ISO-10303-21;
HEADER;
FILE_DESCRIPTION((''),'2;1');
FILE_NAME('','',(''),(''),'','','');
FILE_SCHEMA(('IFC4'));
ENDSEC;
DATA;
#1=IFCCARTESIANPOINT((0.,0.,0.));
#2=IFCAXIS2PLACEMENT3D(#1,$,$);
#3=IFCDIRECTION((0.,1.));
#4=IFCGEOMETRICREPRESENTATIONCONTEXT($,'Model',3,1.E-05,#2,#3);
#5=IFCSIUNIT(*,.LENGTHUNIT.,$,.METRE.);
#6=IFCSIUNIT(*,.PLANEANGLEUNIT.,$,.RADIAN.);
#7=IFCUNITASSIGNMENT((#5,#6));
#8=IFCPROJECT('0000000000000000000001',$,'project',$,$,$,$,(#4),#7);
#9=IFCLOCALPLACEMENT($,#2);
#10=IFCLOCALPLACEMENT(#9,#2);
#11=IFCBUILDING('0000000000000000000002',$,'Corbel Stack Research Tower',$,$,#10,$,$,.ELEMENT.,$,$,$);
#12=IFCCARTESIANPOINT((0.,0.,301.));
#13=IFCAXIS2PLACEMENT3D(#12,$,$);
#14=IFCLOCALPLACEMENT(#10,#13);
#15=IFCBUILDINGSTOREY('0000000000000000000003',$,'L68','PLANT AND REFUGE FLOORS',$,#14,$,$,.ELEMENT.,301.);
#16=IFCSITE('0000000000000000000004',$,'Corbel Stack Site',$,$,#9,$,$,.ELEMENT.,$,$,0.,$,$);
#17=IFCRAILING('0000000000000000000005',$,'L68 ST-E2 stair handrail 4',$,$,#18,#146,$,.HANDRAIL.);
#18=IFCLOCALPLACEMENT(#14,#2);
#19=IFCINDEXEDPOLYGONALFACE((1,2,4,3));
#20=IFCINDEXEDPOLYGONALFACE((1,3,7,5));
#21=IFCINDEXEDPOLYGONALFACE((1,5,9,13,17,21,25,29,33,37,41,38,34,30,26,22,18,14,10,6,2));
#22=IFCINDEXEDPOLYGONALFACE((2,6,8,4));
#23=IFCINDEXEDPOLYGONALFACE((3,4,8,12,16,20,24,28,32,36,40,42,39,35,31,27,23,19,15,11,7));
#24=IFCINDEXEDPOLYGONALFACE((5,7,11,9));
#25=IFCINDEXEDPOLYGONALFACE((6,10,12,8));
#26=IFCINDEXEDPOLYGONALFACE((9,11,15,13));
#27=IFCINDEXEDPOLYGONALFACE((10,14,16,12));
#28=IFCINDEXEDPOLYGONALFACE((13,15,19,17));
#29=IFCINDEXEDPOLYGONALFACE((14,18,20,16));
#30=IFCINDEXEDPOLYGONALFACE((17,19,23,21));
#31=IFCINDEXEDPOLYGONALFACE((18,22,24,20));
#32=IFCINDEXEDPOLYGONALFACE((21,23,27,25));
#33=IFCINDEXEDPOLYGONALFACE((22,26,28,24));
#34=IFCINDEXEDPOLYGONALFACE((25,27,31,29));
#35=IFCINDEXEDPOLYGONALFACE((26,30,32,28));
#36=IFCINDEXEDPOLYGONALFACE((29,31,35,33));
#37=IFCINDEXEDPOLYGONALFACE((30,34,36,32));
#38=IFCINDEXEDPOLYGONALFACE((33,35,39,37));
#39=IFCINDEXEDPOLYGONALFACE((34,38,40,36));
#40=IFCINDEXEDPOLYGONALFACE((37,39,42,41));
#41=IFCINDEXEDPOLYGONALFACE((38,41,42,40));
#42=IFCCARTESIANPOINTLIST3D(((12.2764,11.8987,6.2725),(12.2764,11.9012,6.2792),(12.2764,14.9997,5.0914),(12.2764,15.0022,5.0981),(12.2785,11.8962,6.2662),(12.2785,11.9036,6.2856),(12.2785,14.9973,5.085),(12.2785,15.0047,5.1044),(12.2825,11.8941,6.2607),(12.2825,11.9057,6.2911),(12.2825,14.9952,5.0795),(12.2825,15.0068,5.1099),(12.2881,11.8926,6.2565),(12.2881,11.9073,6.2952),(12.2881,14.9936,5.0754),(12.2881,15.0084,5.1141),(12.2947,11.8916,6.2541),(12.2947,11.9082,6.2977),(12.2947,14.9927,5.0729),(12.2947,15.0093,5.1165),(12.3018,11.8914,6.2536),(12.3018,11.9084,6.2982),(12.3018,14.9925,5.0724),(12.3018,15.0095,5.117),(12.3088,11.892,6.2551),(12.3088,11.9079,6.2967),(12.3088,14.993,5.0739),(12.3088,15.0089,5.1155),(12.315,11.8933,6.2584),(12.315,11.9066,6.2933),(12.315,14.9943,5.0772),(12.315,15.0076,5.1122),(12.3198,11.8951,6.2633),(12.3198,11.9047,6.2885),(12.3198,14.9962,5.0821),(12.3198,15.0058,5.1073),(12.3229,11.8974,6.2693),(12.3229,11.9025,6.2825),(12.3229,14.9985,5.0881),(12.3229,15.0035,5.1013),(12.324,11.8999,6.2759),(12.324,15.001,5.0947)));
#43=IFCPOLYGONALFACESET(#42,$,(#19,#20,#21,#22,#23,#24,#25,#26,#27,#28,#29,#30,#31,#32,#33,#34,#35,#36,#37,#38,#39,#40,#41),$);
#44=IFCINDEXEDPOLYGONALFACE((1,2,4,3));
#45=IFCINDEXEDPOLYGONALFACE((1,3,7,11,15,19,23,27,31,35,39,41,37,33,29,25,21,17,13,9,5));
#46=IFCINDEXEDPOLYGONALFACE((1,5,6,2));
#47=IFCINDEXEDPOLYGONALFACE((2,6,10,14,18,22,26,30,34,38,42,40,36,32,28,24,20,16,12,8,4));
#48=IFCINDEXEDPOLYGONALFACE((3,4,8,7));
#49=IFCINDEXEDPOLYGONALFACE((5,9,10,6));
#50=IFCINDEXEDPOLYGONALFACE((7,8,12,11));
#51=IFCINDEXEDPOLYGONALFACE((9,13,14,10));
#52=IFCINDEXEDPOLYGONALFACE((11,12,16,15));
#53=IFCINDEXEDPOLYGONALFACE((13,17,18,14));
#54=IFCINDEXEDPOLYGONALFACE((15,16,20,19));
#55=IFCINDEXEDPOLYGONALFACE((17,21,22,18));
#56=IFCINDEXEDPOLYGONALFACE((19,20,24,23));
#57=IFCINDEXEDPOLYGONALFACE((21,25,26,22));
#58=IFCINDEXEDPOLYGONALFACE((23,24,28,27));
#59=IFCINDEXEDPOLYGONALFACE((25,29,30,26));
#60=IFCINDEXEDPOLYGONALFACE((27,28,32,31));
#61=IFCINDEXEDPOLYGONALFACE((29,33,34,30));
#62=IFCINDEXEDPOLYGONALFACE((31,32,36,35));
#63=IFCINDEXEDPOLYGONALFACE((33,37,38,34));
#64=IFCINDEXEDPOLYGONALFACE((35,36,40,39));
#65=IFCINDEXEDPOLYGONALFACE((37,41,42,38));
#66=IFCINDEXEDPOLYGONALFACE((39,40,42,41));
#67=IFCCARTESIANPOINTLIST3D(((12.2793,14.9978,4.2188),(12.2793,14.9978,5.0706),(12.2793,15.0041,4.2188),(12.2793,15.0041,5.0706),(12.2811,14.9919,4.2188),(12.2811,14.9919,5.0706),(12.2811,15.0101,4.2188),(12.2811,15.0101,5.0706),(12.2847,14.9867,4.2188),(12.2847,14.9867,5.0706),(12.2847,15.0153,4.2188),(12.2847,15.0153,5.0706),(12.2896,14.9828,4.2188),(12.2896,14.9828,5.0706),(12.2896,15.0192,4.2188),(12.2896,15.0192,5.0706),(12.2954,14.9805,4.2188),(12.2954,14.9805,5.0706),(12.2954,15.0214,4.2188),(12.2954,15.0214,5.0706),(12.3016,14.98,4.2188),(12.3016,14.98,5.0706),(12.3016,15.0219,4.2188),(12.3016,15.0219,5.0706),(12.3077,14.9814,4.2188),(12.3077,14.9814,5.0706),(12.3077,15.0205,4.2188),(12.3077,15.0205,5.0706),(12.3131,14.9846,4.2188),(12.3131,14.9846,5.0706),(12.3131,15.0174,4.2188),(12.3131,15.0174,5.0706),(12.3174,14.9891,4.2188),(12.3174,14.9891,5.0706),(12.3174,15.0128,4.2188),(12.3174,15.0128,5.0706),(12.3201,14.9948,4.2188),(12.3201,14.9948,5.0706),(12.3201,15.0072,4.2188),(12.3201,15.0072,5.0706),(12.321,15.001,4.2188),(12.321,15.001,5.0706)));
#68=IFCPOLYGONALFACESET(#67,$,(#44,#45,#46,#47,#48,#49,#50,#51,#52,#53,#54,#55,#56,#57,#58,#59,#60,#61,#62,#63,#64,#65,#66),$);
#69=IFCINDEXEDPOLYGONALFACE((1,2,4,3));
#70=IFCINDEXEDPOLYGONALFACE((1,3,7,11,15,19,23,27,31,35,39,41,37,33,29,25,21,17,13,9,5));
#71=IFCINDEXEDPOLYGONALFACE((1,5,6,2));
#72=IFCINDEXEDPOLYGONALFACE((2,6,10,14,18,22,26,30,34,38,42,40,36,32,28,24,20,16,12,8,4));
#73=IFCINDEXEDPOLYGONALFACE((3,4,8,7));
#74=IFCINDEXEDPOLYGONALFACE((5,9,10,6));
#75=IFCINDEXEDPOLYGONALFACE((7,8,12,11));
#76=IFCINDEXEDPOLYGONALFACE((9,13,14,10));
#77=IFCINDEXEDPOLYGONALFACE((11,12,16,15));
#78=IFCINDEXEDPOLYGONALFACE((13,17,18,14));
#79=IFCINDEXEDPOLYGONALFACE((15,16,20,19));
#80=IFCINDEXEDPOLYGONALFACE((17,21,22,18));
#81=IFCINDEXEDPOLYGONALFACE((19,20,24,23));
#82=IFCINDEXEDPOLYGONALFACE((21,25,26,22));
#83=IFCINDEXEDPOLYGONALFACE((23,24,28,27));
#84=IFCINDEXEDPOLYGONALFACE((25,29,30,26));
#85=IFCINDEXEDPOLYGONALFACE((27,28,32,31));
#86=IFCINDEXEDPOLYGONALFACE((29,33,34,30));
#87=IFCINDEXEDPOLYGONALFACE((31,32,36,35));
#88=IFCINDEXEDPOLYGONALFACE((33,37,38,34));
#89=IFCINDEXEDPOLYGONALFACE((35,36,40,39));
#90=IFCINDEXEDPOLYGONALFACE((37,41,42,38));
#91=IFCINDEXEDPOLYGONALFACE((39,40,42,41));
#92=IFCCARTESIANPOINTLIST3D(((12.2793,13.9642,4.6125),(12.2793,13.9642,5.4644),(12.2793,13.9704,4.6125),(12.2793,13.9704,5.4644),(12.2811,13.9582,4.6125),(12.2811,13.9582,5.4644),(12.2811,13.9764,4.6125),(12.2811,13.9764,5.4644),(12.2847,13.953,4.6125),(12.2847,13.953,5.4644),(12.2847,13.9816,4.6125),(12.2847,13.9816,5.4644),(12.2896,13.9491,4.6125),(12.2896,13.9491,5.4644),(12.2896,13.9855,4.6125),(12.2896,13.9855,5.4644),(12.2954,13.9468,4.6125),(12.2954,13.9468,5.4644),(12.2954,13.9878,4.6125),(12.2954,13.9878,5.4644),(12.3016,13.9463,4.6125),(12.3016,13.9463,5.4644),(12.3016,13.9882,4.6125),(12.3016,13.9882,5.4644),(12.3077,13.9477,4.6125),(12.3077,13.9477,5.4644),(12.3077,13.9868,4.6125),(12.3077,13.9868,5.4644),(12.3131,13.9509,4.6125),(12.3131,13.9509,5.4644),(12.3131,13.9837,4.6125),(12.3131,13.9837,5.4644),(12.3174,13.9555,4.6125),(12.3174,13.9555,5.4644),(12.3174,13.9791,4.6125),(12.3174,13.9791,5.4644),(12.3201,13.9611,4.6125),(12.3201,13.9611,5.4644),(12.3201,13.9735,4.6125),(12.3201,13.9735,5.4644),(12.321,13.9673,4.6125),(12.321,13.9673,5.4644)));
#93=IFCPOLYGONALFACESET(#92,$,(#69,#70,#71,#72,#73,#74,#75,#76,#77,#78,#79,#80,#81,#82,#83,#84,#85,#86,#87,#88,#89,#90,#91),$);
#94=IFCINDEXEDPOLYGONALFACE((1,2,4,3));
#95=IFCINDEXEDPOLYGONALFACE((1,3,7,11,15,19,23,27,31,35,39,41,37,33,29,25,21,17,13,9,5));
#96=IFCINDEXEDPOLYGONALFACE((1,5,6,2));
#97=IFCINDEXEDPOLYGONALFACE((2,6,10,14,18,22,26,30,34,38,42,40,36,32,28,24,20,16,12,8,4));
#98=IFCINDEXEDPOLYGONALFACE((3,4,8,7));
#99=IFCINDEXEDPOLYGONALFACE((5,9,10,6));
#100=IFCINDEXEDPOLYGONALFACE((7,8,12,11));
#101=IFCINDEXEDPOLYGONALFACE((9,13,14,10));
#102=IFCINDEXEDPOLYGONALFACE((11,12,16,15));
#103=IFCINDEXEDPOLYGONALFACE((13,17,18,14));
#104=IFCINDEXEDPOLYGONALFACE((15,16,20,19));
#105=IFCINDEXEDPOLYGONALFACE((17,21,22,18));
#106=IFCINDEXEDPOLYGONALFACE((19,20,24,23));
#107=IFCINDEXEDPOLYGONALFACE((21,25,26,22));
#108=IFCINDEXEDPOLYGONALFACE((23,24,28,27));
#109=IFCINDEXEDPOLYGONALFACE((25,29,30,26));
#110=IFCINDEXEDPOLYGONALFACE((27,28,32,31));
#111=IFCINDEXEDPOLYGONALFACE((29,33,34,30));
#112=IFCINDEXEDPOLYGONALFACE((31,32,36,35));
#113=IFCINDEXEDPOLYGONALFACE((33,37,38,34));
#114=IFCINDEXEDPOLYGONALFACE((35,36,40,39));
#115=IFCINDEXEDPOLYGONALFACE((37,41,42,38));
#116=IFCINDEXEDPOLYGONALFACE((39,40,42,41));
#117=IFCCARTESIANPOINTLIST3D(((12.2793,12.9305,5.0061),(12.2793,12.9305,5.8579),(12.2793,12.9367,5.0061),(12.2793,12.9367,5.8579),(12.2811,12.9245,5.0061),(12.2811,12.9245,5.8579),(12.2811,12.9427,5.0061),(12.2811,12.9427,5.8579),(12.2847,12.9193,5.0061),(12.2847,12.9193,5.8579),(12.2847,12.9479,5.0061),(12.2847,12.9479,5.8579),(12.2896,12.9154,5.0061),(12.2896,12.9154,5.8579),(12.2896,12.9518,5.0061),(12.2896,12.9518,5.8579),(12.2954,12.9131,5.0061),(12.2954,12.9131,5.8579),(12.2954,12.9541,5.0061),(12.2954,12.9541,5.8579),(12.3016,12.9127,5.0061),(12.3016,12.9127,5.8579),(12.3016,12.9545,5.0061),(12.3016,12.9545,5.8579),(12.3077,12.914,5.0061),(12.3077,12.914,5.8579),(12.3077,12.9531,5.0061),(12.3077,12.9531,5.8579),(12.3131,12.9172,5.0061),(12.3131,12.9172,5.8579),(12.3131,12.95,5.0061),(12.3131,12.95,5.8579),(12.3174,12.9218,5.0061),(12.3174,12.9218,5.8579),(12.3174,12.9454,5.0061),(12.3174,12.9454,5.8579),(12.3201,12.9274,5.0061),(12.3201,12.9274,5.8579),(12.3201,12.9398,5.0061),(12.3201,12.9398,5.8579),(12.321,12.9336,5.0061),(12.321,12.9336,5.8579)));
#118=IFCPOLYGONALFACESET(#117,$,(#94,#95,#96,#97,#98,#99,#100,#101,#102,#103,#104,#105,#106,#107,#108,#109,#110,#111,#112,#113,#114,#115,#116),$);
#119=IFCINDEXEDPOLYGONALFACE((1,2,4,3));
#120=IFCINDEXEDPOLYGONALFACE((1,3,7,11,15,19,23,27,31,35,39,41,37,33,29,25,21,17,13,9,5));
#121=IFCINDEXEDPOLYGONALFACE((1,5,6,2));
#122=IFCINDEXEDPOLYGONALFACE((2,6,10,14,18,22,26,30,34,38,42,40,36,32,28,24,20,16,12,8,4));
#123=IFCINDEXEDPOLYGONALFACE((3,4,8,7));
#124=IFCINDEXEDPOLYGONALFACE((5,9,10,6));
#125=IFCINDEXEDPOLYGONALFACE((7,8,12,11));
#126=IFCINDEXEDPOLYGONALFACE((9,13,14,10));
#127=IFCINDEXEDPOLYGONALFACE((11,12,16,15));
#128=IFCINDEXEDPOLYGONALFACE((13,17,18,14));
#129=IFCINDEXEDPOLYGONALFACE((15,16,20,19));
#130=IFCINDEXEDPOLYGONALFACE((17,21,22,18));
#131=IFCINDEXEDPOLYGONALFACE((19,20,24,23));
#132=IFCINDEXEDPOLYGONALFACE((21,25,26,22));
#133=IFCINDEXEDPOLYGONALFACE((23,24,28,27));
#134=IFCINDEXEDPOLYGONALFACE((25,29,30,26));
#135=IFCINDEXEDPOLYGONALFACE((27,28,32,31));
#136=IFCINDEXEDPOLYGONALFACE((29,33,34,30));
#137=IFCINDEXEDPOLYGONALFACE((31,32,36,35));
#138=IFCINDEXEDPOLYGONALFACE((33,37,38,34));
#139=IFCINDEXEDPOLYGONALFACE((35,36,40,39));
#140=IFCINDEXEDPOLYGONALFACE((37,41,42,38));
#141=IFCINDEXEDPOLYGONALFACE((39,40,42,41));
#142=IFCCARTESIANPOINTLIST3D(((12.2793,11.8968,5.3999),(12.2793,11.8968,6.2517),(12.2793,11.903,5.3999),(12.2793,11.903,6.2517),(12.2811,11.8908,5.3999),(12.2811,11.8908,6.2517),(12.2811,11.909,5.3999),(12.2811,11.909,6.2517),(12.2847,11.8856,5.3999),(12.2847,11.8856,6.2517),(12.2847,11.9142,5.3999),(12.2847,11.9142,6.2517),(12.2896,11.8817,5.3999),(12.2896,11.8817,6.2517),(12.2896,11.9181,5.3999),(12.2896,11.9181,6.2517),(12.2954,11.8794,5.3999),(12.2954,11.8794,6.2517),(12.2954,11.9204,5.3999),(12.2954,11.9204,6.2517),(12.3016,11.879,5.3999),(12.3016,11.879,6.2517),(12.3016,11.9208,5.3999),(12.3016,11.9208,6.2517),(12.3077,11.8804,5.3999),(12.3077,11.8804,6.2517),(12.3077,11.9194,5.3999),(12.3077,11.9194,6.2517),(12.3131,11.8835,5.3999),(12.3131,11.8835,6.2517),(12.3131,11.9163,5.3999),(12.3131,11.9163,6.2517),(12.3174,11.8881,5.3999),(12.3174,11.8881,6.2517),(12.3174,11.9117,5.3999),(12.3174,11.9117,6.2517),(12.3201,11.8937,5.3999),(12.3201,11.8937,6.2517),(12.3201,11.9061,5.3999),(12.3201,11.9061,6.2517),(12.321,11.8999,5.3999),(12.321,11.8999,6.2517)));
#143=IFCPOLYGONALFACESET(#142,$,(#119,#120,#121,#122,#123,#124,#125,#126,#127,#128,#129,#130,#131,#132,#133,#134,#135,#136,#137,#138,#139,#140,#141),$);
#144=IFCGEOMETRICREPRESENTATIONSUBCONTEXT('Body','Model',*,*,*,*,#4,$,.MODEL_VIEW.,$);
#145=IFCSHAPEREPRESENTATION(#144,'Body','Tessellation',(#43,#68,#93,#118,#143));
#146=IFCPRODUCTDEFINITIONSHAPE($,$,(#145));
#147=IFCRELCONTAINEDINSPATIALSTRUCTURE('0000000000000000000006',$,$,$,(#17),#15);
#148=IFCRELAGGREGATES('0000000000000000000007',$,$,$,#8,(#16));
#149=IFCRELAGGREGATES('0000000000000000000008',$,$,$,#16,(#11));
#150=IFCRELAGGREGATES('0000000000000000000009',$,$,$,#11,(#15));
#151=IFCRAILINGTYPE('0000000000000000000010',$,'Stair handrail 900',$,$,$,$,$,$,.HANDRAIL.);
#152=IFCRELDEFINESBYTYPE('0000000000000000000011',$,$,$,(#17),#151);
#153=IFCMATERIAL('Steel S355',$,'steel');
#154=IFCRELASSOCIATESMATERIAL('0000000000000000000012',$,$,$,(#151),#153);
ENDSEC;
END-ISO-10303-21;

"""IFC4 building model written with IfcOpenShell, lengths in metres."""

from ifc_helpers import new_model, si_unit, direction, frame, origin, origin_2d, place, context, subcontext, project, spatial, circle, extrude, material, type_object, element, save


model = new_model("IFC4")

# Units and contexts
model_context = context("Model", 3, precision=1e-05, world=origin(), true_north=direction((0.0, 1.0)))
body_context = subcontext(model_context, "Body", "Model", "MODEL_VIEW")
ifc_project = project(units=[si_unit("LENGTHUNIT", "METRE"), si_unit("PLANEANGLEUNIT", "RADIAN")], contexts=[model_context])

# Site, building, storey
site_placement = place(None, origin())
site = spatial("IfcSite", under=ifc_project, at=site_placement, Name="Corbel Stack Site", CompositionType="ELEMENT", RefElevation=0.0)
building_placement = place(site_placement, origin())
building = spatial("IfcBuilding", under=site, at=building_placement, Name="Corbel Stack Research Tower", CompositionType="ELEMENT")
storey_placement = place(building_placement, frame((0.0, 0.0, 301.0)))
storey = spatial("IfcBuildingStorey", under=building, at=storey_placement, Name="L68", Description="PLANT AND REFUGE FLOORS", CompositionType="ELEMENT", Elevation=301.0)

# Railing
ifc_material_1 = material(Name="Steel S355", Category="steel")
railing_type_1 = type_object("IfcRailingType", Name="Stair handrail 900", PredefinedType="HANDRAIL", material=ifc_material_1)
railing_1_placement = place(storey_placement, frame((12.3, 15.001, 4.2188)))
element("IfcRailing", 1, at=railing_1_placement, inside=storey, type_object=railing_type_1, Name="L68 ST-E2 stair handrail 4", PredefinedType="HANDRAIL", context=body_context, shape_type="SweptSolid", body=[
    extrude(circle(Radius=0.0239, at=origin_2d()), frame((0.0, 0.0, 0.876), z_axis=(0.0, -0.934509, 0.35594), x_axis=(1.0, 0.0, 0.0)), (0.0, 0.0, 1.0), 3.3184),
    extrude(circle(Radius=0.021, at=origin_2d()), origin(), (0.0, 0.0, 1.0), 0.8518),
    extrude(circle(Radius=0.021, at=origin_2d()), frame((0.0, -1.0337, 0.3938)), (0.0, 0.0, 1.0), 0.8518),
    extrude(circle(Radius=0.021, at=origin_2d()), frame((0.0, -2.0674, 0.7874)), (0.0, 0.0, 1.0), 0.8518),
    extrude(circle(Radius=0.021, at=origin_2d()), frame((0.0, -3.1011, 1.1812)), (0.0, 0.0, 1.0), 0.8518),
])

save(model, "model.ifc")
